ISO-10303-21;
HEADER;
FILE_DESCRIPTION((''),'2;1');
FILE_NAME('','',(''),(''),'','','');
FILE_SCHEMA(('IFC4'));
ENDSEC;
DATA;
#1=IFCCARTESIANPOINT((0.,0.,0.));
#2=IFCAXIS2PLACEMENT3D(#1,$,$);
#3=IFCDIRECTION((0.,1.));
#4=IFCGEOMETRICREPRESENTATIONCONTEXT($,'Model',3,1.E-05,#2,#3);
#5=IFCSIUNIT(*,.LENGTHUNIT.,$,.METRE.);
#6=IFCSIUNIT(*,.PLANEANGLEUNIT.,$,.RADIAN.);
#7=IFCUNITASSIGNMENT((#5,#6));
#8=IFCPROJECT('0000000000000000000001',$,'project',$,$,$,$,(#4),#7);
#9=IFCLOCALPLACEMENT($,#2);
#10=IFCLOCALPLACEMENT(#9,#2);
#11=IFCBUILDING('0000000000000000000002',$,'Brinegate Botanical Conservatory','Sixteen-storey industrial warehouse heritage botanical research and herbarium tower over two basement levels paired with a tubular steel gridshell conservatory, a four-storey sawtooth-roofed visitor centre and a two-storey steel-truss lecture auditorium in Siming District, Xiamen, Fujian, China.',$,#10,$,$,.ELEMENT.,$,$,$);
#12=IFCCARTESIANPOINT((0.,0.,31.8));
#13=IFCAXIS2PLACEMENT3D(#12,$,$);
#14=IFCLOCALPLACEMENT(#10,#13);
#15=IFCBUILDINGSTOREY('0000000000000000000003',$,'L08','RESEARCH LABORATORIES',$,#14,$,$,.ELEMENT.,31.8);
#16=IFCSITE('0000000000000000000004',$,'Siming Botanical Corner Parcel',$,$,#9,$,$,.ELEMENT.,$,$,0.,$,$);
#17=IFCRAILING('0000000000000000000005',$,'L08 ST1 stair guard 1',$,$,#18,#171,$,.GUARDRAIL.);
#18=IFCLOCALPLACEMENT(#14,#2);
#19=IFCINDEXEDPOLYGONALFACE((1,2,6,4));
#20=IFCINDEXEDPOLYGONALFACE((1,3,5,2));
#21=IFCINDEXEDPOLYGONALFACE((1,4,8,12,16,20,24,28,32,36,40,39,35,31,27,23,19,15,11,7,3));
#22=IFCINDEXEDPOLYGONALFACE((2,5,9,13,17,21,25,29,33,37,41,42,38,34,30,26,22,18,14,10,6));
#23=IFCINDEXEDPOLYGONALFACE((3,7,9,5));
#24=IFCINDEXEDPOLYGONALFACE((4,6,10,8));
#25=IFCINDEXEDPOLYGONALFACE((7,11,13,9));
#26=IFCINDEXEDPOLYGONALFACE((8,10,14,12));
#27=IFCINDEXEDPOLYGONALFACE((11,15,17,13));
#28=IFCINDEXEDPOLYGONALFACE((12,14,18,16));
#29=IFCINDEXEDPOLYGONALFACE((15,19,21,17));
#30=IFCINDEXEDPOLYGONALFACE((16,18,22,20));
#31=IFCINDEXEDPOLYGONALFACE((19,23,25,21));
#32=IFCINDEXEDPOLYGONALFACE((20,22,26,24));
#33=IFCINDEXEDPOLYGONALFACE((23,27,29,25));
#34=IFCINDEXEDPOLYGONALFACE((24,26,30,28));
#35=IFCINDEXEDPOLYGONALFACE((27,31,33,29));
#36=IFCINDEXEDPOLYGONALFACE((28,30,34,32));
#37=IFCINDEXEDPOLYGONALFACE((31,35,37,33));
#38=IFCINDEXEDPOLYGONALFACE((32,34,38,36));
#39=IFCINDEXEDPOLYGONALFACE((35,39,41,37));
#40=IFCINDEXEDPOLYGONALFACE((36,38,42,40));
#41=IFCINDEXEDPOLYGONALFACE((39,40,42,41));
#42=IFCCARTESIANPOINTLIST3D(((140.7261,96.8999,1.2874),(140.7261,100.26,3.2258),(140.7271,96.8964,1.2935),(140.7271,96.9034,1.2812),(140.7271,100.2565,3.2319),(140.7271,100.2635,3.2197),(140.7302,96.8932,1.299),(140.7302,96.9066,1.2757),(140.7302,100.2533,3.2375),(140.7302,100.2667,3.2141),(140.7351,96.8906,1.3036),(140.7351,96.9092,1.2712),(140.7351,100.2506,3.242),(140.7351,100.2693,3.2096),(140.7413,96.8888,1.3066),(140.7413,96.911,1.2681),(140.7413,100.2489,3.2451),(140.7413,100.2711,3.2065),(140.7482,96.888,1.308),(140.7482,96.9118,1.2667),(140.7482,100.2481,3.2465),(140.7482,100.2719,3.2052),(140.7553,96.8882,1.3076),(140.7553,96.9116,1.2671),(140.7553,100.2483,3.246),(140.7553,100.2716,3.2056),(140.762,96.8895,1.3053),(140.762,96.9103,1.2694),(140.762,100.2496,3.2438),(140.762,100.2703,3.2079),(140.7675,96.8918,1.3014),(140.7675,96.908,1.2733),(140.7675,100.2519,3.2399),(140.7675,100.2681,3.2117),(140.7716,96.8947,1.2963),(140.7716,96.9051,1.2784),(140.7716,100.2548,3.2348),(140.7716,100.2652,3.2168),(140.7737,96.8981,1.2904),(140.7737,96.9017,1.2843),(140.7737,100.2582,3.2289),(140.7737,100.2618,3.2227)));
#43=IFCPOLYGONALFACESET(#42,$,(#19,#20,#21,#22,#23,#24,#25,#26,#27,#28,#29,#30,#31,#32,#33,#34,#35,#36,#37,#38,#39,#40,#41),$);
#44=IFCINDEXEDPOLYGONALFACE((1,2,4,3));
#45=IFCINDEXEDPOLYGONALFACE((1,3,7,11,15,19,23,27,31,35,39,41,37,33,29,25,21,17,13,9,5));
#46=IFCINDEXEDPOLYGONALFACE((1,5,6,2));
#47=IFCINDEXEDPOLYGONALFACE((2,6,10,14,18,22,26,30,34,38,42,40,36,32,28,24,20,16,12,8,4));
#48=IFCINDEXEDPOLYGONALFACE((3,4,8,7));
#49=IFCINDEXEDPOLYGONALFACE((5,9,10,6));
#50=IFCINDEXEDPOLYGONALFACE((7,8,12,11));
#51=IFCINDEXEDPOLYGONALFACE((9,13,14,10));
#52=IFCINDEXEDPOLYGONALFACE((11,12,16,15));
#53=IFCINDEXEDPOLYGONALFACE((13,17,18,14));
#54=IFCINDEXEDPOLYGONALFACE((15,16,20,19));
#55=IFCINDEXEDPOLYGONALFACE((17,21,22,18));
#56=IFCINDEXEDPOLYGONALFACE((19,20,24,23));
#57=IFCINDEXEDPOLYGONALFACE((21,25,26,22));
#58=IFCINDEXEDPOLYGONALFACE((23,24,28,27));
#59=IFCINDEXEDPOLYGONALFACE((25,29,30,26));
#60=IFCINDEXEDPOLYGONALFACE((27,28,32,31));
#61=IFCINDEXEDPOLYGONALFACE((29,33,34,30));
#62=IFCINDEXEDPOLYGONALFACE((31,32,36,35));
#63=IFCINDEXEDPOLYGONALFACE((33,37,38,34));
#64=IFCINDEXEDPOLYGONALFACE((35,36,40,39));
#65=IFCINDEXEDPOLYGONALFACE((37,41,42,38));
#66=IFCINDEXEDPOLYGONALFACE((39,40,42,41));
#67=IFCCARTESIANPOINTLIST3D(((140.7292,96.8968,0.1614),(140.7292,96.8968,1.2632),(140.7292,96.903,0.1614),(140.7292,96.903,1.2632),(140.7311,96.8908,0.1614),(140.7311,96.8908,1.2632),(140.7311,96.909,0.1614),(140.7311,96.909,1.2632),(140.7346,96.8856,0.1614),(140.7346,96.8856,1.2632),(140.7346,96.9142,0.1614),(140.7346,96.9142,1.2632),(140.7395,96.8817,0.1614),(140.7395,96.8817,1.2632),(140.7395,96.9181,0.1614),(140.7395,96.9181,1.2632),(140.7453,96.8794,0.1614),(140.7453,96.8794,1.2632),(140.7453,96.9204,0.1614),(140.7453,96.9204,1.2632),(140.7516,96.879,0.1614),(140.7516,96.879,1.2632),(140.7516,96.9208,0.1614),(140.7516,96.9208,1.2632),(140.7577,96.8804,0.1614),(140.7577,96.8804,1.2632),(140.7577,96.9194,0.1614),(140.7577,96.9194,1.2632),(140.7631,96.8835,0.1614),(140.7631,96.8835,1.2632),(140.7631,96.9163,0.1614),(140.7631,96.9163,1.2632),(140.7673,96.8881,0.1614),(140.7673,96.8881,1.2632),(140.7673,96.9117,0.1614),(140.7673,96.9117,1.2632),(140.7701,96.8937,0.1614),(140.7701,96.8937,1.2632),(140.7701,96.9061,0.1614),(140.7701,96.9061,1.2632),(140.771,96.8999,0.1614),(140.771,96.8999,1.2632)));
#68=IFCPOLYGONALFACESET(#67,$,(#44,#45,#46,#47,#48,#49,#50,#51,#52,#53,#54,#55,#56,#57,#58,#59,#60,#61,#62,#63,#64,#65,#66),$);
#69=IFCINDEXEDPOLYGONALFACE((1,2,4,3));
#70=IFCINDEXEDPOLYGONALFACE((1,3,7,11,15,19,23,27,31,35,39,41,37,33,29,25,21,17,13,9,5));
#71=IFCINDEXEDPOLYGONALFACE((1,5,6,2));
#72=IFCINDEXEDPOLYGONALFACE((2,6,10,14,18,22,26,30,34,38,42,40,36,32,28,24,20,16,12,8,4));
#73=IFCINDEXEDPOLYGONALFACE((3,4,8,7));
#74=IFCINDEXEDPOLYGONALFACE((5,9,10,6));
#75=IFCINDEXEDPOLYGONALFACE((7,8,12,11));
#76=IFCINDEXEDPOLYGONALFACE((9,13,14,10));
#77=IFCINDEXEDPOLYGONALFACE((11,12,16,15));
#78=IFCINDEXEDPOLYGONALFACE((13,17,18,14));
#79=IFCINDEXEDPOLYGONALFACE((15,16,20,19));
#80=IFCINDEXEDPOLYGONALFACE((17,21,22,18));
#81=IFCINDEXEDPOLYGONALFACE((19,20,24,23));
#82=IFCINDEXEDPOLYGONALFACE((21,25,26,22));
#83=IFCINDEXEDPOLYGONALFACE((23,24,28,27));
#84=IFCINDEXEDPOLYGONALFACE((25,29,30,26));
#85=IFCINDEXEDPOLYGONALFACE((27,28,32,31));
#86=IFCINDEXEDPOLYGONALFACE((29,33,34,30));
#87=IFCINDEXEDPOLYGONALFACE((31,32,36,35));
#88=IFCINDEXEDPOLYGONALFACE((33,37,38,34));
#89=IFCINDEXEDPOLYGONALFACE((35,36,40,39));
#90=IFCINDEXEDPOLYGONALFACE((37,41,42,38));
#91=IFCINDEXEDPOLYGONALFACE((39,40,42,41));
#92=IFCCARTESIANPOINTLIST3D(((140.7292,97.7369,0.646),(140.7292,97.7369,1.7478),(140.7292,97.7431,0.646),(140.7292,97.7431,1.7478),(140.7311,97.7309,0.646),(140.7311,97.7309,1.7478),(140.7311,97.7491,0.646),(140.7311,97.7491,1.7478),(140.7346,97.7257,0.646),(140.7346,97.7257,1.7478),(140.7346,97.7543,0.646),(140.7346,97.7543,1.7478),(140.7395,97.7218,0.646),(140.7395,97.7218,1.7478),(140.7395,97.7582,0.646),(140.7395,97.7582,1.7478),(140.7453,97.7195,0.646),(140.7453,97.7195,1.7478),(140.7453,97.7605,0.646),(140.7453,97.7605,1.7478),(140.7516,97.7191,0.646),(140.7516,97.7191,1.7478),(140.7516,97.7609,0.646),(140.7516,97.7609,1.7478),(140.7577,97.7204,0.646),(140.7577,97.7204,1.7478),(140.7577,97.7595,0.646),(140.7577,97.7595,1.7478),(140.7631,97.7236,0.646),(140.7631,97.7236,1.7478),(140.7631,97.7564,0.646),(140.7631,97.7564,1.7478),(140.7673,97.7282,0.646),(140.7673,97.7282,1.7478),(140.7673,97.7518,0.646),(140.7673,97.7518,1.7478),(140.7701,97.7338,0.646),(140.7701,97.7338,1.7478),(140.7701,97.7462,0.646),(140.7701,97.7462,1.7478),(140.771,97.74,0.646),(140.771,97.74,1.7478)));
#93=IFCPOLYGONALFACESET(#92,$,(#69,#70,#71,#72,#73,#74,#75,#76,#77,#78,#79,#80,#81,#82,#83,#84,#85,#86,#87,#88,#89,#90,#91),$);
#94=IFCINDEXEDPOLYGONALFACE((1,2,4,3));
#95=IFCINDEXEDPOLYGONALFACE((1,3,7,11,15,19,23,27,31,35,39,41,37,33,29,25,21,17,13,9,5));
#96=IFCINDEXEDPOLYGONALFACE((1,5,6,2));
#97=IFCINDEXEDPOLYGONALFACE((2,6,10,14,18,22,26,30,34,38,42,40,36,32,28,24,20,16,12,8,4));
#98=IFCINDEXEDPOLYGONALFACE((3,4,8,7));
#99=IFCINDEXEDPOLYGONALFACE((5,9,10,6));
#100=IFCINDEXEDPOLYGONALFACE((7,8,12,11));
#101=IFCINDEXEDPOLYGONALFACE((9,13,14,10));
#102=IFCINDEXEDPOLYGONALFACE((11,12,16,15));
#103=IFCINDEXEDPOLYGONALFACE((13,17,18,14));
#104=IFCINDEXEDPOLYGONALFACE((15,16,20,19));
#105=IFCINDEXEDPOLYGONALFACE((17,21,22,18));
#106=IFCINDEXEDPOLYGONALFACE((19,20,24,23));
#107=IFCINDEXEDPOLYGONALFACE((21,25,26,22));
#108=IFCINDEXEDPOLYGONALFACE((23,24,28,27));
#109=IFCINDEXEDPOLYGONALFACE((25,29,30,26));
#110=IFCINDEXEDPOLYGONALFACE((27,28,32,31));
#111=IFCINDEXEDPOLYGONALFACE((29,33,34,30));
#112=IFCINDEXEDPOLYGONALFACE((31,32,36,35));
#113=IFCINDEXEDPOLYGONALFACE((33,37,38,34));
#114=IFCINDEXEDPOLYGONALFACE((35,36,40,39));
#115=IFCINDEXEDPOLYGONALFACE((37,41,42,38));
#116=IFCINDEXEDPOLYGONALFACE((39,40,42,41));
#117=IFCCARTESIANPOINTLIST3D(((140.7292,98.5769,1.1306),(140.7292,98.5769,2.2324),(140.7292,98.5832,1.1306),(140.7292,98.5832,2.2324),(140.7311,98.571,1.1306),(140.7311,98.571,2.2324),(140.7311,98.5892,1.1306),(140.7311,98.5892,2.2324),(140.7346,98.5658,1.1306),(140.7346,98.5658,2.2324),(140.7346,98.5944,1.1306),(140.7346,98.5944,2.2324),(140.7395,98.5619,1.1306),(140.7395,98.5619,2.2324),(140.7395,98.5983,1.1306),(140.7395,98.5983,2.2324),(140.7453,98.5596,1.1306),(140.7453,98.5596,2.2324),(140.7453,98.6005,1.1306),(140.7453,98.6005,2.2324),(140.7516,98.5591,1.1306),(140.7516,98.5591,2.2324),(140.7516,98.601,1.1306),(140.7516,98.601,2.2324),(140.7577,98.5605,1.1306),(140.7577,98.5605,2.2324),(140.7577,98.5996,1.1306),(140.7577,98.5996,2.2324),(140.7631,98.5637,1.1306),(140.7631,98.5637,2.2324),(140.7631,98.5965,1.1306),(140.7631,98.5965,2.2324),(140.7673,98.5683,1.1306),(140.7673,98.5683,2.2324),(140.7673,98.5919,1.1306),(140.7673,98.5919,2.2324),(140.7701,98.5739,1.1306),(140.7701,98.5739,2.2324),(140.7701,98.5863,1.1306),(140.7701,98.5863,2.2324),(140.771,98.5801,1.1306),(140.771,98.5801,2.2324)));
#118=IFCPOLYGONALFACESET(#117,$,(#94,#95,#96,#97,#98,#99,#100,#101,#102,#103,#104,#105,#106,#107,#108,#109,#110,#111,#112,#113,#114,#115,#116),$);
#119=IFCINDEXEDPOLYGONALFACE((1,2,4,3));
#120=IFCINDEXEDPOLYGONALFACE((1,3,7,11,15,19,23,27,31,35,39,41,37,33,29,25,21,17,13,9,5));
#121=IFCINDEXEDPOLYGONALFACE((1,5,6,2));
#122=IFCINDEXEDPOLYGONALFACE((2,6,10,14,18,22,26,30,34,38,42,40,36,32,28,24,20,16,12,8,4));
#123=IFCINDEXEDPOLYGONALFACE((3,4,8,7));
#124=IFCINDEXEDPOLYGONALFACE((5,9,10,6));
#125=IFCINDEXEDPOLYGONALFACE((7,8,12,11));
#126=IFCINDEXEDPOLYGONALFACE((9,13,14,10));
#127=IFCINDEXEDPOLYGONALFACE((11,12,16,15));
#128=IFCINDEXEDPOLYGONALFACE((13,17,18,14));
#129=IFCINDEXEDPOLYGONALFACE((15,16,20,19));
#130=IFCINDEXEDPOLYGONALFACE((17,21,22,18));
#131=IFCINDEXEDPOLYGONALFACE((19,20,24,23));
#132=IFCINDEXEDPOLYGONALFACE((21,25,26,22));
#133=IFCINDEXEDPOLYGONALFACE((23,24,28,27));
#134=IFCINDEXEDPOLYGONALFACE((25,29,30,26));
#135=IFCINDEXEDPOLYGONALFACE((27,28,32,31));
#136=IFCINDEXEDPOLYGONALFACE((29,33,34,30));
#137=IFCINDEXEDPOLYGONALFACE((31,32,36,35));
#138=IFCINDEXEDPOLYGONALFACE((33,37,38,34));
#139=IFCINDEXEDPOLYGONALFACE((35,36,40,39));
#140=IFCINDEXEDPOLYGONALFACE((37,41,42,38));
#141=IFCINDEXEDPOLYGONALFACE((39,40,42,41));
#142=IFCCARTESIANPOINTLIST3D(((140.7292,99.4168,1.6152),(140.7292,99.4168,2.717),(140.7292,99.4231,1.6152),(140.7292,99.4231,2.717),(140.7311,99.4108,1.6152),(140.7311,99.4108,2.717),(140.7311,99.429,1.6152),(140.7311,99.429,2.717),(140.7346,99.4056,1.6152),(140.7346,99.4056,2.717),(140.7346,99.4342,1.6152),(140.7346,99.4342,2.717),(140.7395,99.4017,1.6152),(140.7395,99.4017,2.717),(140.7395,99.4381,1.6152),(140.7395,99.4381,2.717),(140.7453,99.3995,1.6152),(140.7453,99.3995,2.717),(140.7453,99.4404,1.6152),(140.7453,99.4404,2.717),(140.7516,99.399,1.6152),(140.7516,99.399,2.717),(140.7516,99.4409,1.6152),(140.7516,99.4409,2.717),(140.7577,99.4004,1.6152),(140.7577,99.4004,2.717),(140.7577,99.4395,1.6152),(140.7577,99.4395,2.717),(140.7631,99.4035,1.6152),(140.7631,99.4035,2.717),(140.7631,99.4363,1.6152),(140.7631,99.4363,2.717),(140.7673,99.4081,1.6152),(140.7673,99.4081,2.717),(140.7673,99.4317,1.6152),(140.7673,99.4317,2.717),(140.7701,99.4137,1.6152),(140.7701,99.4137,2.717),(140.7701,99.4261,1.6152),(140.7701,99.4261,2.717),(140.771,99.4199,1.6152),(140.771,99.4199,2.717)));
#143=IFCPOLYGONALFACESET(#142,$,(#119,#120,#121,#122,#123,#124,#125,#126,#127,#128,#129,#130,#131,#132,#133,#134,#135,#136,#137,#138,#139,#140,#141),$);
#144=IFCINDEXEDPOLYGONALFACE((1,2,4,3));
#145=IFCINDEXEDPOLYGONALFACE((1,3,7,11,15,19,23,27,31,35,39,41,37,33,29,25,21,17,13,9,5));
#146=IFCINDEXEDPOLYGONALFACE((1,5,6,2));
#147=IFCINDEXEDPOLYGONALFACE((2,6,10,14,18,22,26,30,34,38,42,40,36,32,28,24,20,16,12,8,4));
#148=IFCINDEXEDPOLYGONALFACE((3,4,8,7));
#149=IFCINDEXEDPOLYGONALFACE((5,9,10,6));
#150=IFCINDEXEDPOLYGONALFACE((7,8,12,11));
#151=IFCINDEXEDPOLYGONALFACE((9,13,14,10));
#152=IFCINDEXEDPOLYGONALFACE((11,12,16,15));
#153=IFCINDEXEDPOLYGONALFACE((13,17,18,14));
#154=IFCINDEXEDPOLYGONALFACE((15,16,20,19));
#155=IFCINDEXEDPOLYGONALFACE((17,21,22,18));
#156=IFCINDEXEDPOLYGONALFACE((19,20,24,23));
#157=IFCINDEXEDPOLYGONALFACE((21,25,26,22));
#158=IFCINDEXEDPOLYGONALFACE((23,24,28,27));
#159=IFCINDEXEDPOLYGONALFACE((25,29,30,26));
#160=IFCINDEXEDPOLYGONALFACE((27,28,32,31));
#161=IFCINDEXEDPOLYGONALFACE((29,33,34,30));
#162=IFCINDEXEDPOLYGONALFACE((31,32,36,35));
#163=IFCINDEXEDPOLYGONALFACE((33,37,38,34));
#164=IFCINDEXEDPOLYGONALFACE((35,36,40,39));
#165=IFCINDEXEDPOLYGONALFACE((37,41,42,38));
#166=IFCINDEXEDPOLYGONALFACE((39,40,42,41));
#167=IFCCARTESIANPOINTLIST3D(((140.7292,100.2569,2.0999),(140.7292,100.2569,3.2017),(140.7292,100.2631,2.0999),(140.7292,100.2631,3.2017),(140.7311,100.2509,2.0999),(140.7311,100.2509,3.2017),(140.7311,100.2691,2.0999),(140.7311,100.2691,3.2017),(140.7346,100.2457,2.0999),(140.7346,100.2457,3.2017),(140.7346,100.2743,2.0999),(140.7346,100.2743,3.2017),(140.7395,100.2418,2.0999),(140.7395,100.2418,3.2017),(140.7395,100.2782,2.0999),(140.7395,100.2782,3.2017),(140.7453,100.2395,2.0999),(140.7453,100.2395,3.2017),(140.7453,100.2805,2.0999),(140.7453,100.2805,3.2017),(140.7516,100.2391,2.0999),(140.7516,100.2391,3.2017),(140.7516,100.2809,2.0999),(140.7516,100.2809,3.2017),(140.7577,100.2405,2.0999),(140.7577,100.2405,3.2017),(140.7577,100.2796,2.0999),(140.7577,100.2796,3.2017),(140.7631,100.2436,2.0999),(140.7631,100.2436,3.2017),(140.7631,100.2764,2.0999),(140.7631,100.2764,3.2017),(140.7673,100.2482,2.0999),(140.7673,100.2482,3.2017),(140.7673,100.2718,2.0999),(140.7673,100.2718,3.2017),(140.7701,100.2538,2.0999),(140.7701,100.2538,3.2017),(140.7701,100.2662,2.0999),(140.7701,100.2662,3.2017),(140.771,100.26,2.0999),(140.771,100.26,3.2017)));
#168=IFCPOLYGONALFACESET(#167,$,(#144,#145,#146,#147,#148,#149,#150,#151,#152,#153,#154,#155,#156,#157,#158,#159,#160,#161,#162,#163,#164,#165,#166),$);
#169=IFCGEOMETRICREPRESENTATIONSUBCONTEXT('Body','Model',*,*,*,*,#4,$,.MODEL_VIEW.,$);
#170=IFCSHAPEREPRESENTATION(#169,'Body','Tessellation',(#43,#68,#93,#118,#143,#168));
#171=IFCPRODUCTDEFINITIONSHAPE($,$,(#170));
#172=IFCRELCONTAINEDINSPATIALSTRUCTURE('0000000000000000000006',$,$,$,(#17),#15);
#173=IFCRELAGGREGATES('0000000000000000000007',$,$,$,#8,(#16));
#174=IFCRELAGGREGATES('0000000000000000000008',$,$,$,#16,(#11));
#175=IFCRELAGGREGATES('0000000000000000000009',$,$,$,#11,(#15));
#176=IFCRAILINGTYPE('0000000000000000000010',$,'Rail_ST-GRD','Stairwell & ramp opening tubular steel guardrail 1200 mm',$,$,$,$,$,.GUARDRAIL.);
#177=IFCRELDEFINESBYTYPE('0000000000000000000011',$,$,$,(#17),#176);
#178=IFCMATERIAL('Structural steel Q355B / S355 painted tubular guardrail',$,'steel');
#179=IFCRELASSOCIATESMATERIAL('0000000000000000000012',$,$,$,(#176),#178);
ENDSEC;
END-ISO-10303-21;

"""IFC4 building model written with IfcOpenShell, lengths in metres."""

from ifc_helpers import new_model, si_unit, direction, frame, origin, origin_2d, place, context, subcontext, project, spatial, circle, extrude, material, type_object, element, save


model = new_model("IFC4")

# Units and contexts
model_context = context("Model", 3, precision=1e-05, world=origin(), true_north=direction((0.0, 1.0)))
body_context = subcontext(model_context, "Body", "Model", "MODEL_VIEW")
ifc_project = project(units=[si_unit("LENGTHUNIT", "METRE"), si_unit("PLANEANGLEUNIT", "RADIAN")], contexts=[model_context])

# Site, building, storey
site_placement = place(None, origin())
site = spatial("IfcSite", under=ifc_project, at=site_placement, Name="Siming Botanical Corner Parcel", CompositionType="ELEMENT", RefElevation=0.0)
building_placement = place(site_placement, origin())
building = spatial("IfcBuilding", under=site, at=building_placement, Name="Brinegate Botanical Conservatory", Description="Sixteen-storey industrial warehouse heritage botanical research and herbarium tower over two basement levels paired with a tubular steel gridshell conservatory, a four-storey sawtooth-roofed visitor centre and a two-storey steel-truss lecture auditorium in Siming District, Xiamen, Fujian, China.", CompositionType="ELEMENT")
storey_placement = place(building_placement, frame((0.0, 0.0, 31.8)))
storey = spatial("IfcBuildingStorey", under=building, at=storey_placement, Name="L08", Description="RESEARCH LABORATORIES", CompositionType="ELEMENT", Elevation=31.8)

# Railing
ifc_material_1 = material(Name="Structural steel Q355B / S355 painted tubular guardrail", Category="steel")
railing_type_1 = type_object("IfcRailingType", Name="Rail_ST-GRD", Description="Stairwell & ramp opening tubular steel guardrail 1200 mm", PredefinedType="GUARDRAIL", material=ifc_material_1)
railing_1_placement = place(storey_placement, frame((140.75, 96.8999, 0.1614)))
element("IfcRailing", 1, at=railing_1_placement, inside=storey, type_object=railing_type_1, Name="L08 ST1 stair guard 1", PredefinedType="GUARDRAIL", context=body_context, shape_type="SweptSolid", body=[
    extrude(circle(Radius=0.0239, at=origin_2d()), frame((0.0, 0.0, 1.126), z_axis=(0.0, 0.866191, 0.499713), x_axis=(-1.0, 0.0, 0.0)), (0.0, 0.0, 1.0), 3.8792),
    extrude(circle(Radius=0.021, at=origin_2d()), origin(), (0.0, 0.0, 1.0), 1.1018),
    extrude(circle(Radius=0.021, at=origin_2d()), frame((0.0, 0.8401, 0.4846)), (0.0, 0.0, 1.0), 1.1018),
    extrude(circle(Radius=0.021, at=origin_2d()), frame((0.0, 1.6802, 0.9692)), (0.0, 0.0, 1.0), 1.1018),
    extrude(circle(Radius=0.021, at=origin_2d()), frame((0.0, 2.52, 1.4539)), (0.0, 0.0, 1.0), 1.1018),
    extrude(circle(Radius=0.021, at=origin_2d()), frame((0.0, 3.3601, 1.9385)), (0.0, 0.0, 1.0), 1.1018),
])

save(model, "model.ifc")
